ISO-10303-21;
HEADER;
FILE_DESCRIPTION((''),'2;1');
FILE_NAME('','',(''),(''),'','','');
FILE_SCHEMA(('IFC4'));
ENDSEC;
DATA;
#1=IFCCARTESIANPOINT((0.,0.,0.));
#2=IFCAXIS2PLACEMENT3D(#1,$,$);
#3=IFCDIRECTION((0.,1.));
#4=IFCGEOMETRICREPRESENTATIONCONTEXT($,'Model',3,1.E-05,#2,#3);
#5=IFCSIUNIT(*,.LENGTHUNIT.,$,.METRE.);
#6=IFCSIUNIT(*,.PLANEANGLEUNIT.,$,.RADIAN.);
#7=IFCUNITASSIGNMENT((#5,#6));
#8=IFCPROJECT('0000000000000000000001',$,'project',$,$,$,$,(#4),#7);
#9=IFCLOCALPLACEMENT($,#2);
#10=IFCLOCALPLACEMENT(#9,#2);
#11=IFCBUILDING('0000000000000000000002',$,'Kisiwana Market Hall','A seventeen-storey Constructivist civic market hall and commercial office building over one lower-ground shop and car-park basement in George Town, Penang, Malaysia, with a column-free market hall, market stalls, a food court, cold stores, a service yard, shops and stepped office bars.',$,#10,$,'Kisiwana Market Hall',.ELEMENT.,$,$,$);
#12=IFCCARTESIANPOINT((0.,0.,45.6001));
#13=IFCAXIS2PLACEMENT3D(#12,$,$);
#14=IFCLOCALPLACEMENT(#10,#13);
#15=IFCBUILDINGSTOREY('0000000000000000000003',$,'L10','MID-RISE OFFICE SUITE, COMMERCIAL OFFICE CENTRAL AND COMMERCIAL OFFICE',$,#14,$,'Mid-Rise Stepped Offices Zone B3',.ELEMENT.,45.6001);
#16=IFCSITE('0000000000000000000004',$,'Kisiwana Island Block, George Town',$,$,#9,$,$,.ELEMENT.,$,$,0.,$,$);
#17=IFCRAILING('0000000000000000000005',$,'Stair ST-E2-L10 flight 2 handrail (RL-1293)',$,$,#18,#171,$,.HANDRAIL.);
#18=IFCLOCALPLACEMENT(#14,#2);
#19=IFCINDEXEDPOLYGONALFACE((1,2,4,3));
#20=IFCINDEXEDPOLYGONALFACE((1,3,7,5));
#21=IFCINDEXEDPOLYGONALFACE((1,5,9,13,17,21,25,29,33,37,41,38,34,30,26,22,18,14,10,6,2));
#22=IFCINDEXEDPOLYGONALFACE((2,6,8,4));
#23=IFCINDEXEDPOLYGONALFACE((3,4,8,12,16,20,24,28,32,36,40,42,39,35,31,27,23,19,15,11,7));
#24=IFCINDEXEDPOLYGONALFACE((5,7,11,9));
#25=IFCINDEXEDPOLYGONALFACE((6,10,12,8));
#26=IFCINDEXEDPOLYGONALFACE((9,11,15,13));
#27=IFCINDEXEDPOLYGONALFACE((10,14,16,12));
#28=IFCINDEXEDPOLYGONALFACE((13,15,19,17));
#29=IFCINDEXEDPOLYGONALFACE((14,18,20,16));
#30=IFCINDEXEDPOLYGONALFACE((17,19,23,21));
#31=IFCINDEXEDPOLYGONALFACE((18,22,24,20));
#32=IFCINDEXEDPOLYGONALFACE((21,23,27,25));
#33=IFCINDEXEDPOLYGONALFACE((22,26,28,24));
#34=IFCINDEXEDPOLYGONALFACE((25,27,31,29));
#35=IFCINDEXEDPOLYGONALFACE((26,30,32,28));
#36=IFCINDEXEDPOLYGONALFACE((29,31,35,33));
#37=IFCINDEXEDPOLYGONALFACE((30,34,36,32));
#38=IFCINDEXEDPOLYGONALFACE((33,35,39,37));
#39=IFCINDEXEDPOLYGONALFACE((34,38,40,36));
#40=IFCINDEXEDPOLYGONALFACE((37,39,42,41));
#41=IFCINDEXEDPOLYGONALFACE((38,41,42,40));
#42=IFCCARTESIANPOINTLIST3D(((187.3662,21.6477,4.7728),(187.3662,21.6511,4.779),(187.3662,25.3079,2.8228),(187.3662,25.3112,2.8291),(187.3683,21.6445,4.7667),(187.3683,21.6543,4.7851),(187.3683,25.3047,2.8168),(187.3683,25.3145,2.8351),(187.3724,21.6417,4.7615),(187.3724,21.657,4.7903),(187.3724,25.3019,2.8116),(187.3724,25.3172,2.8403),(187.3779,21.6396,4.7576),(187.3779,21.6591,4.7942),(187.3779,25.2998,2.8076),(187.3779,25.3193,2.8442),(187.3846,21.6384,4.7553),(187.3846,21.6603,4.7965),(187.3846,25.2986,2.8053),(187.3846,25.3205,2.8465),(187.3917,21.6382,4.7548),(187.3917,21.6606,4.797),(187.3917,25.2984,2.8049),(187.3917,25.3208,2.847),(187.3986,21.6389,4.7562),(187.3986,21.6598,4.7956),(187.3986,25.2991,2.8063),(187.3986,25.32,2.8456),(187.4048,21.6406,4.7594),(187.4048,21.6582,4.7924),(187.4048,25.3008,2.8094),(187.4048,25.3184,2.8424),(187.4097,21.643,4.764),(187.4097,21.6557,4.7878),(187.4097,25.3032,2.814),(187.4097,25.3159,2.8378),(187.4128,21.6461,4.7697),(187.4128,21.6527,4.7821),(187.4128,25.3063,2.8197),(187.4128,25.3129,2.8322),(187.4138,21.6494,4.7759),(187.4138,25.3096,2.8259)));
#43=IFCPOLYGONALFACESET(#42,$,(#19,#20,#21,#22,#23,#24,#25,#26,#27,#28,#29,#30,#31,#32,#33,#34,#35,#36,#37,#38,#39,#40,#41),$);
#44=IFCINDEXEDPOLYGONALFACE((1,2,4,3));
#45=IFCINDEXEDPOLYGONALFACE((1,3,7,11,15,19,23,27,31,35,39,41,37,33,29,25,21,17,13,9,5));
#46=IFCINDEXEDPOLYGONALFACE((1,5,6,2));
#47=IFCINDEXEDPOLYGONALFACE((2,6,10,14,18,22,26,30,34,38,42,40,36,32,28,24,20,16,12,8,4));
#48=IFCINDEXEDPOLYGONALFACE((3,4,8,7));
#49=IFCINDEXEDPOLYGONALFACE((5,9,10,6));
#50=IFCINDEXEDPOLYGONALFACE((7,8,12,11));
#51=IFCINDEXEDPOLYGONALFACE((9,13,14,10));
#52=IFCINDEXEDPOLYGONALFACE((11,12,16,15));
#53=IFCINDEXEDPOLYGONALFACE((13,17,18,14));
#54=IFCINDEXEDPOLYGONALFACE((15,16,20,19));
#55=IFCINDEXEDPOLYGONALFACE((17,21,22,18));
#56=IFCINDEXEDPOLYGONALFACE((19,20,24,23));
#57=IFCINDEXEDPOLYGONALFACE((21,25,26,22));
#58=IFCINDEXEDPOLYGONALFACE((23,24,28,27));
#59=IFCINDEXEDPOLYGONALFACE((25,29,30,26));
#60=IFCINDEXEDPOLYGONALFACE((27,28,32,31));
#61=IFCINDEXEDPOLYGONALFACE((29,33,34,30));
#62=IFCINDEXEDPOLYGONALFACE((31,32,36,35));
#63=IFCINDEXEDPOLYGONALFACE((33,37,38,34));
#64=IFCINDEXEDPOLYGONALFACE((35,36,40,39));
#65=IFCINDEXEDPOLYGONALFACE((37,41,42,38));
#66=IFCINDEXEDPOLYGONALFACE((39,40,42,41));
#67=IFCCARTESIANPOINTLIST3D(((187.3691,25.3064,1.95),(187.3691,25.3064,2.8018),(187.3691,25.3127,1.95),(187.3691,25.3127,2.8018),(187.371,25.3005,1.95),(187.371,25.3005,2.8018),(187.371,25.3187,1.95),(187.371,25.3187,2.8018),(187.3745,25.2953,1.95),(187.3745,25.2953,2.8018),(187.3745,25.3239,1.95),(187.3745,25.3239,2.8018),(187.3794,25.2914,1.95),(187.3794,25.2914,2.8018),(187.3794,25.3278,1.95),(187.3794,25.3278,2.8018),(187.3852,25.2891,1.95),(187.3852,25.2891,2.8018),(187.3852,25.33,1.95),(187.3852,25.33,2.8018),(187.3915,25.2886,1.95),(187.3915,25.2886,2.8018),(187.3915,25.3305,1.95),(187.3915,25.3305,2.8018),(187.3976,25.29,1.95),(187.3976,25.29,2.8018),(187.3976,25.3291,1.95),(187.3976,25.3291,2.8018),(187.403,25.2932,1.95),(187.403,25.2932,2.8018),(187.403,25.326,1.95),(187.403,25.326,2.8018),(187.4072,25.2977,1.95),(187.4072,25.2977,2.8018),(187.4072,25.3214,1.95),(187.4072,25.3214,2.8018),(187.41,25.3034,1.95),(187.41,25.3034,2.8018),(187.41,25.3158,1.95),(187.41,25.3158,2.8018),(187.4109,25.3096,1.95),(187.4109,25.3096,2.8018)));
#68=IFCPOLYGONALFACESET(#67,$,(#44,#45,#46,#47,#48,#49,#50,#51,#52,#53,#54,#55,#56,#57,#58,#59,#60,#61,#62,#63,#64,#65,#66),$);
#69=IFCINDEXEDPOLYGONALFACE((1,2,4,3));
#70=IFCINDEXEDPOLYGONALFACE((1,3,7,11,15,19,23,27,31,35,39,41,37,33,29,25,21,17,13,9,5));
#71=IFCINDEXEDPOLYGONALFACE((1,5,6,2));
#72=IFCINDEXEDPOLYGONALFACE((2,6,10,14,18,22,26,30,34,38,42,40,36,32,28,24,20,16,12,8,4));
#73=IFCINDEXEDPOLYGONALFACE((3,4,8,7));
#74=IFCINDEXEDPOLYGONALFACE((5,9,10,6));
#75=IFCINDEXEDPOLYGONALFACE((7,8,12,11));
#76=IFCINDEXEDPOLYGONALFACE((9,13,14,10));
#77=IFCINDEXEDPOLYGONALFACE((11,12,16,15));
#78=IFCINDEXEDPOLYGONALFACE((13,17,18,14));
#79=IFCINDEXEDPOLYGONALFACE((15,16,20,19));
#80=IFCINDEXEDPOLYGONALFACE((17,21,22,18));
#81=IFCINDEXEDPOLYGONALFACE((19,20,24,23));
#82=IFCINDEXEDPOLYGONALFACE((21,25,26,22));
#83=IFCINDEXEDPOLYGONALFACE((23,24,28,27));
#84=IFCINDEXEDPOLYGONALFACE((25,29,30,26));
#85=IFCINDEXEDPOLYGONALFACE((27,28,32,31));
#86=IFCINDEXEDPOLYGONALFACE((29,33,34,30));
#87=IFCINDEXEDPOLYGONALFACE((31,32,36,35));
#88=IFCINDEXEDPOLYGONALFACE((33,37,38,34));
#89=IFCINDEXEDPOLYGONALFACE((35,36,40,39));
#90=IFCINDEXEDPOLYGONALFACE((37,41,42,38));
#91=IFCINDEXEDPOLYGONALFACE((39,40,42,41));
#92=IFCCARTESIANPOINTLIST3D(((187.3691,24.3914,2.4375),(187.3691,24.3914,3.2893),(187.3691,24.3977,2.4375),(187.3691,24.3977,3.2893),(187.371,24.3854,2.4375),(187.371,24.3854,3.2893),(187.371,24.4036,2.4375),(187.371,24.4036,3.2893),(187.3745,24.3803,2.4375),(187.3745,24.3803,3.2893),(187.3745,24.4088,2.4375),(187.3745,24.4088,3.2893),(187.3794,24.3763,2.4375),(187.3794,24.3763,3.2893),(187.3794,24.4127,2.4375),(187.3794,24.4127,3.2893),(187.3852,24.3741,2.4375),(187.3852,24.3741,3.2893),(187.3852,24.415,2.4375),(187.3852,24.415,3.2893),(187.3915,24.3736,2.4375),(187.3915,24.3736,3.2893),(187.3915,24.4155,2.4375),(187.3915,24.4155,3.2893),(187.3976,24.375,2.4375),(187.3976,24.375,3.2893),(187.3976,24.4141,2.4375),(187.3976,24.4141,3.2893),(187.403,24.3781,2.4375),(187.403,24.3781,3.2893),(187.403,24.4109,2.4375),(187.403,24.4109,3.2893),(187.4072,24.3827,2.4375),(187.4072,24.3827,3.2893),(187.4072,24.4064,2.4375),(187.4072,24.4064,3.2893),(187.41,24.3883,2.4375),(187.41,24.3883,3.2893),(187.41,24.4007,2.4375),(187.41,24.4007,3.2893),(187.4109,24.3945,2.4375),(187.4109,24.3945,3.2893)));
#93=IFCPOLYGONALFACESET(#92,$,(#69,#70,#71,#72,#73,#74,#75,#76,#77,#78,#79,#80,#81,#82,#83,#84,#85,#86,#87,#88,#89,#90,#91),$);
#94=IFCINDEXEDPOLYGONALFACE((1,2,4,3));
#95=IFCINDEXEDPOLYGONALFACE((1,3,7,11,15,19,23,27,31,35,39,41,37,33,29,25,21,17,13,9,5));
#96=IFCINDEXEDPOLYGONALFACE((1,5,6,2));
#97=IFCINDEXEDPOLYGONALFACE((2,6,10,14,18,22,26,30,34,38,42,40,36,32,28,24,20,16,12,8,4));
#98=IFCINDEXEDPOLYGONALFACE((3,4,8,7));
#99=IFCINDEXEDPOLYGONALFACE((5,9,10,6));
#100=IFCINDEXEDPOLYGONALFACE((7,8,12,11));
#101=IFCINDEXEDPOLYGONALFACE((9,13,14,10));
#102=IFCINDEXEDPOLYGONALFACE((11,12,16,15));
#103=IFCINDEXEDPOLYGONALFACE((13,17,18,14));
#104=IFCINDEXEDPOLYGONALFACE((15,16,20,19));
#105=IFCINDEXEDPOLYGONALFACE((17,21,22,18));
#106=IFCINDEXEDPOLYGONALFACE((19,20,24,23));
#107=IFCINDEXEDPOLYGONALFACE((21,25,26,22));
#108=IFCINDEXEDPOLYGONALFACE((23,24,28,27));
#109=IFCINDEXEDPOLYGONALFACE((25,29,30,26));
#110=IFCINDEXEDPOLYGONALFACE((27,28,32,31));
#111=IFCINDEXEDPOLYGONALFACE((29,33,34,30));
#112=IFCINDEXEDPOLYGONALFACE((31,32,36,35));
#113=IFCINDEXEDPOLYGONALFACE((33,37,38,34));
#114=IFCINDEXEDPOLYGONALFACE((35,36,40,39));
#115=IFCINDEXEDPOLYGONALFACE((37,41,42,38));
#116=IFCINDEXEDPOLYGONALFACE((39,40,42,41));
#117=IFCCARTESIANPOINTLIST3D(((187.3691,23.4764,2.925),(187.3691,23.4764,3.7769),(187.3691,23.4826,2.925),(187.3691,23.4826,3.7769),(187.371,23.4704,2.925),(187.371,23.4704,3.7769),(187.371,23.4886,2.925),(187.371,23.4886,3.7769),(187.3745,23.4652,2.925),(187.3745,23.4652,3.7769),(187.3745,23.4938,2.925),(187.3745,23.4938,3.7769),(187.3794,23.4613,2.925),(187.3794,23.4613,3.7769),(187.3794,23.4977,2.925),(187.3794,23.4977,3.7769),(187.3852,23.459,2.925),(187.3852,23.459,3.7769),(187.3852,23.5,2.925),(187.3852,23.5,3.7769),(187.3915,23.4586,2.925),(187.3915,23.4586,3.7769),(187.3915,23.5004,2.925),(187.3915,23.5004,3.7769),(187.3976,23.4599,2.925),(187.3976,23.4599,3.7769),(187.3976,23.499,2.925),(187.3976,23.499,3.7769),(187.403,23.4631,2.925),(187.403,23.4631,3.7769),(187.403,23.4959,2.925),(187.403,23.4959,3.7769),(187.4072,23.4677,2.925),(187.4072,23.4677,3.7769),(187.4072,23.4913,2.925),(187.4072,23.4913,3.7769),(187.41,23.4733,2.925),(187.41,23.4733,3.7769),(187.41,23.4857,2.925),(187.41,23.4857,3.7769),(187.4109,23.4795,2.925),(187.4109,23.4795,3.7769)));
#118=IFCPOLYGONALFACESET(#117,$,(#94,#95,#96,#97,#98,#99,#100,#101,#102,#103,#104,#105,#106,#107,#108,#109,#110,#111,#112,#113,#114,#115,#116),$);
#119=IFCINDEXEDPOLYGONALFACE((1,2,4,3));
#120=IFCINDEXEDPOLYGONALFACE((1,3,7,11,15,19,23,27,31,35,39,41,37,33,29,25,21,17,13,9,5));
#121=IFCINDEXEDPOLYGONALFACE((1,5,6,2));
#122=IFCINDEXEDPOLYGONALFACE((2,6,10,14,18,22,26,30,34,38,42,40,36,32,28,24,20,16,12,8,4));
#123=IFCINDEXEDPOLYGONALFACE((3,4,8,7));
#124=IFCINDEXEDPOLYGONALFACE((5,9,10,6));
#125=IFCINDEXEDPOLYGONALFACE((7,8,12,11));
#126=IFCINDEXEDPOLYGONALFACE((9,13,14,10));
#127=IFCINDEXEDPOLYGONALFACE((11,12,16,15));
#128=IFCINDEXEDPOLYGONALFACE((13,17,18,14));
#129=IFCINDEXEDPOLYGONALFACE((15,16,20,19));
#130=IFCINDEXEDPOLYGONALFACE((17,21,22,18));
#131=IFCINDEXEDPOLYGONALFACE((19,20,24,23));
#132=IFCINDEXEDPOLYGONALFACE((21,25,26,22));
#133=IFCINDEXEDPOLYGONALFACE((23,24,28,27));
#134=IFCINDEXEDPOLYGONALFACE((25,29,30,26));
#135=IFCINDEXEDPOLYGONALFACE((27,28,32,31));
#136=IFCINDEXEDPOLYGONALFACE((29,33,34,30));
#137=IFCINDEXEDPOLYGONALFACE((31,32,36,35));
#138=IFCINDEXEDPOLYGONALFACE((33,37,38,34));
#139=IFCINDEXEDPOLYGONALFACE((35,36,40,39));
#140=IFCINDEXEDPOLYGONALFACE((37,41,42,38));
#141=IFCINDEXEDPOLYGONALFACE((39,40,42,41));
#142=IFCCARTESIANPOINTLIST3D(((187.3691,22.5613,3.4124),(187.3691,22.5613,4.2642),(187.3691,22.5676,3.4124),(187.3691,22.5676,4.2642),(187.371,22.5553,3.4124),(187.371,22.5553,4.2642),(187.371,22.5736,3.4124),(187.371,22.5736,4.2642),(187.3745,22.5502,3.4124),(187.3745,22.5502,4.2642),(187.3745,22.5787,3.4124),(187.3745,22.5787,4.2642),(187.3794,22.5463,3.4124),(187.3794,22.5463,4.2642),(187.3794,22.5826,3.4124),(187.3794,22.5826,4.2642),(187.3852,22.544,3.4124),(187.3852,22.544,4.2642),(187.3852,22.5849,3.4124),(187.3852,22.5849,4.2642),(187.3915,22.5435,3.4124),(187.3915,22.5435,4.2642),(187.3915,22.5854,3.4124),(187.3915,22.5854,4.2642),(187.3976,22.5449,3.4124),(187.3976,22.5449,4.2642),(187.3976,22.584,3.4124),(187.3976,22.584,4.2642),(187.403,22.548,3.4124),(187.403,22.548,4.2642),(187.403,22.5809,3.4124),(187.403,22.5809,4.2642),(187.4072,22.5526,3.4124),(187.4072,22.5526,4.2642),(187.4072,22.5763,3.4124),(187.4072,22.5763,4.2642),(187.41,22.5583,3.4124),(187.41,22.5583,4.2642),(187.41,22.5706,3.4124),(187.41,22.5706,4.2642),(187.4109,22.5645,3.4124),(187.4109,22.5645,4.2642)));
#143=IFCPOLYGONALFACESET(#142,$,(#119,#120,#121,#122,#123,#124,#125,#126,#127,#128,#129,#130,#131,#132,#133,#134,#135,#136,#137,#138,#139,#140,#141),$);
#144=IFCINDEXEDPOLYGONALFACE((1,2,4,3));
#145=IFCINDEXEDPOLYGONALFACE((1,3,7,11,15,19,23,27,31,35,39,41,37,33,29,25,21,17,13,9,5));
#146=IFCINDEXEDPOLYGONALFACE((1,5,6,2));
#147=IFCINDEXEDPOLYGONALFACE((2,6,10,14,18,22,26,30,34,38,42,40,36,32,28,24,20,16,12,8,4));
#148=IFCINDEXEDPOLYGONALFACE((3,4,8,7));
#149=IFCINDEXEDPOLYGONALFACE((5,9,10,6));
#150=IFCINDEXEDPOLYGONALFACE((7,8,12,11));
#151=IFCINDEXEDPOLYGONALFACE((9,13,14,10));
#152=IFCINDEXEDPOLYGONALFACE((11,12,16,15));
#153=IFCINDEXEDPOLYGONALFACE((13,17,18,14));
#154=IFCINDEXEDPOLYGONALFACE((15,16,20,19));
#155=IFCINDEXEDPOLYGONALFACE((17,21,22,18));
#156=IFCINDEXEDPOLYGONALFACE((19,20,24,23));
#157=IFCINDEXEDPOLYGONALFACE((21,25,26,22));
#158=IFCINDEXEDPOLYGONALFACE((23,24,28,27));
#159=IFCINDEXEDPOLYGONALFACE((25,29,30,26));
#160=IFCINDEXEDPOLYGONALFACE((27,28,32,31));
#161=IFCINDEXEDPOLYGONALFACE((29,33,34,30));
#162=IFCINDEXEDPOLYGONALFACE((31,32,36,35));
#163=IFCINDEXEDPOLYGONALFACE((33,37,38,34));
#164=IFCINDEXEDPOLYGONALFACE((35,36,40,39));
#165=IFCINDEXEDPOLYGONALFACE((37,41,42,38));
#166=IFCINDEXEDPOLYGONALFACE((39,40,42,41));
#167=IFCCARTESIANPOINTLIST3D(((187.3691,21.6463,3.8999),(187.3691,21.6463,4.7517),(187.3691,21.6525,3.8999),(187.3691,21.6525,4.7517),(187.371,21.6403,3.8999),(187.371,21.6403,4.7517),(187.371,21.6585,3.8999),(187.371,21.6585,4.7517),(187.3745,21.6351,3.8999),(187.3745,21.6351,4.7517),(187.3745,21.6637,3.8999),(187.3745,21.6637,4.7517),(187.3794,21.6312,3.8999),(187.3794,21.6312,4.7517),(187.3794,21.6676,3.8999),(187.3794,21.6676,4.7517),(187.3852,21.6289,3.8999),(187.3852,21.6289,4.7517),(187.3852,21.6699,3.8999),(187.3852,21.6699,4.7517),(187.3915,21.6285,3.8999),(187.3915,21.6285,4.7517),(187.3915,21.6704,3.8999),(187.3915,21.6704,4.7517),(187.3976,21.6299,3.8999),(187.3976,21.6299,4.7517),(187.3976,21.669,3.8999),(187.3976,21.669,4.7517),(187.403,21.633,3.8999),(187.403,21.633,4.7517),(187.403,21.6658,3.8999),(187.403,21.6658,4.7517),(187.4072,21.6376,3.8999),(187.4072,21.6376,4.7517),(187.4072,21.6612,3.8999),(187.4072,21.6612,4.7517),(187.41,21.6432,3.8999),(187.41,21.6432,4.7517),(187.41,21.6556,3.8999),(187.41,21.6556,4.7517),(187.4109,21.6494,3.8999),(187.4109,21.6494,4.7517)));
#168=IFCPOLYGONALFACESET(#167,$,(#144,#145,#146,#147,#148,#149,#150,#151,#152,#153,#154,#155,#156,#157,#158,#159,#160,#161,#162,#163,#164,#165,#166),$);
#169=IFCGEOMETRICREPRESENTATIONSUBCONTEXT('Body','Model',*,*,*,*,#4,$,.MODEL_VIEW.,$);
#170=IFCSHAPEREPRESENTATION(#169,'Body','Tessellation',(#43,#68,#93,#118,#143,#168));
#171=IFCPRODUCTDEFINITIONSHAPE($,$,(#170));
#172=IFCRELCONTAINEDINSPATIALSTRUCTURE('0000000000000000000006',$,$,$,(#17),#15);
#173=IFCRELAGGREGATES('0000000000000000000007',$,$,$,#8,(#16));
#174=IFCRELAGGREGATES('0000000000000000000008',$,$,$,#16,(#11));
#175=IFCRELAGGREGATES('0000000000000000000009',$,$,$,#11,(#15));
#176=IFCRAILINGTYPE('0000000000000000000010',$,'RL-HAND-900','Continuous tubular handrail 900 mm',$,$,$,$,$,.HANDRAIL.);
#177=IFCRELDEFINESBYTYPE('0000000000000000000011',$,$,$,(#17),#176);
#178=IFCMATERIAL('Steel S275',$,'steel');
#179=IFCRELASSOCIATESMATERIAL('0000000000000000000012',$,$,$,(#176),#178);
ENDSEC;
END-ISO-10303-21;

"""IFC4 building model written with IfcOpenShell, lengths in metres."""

from ifc_helpers import new_model, si_unit, direction, frame, origin, origin_2d, place, context, subcontext, project, spatial, circle, extrude, material, type_object, element, save


model = new_model("IFC4")

# Units and contexts
model_context = context("Model", 3, precision=1e-05, world=origin(), true_north=direction((0.0, 1.0)))
body_context = subcontext(model_context, "Body", "Model", "MODEL_VIEW")
ifc_project = project(units=[si_unit("LENGTHUNIT", "METRE"), si_unit("PLANEANGLEUNIT", "RADIAN")], contexts=[model_context])

# Site, building, storey
site_placement = place(None, origin())
site = spatial("IfcSite", under=ifc_project, at=site_placement, Name="Kisiwana Island Block, George Town", CompositionType="ELEMENT", RefElevation=0.0)
building_placement = place(site_placement, origin())
building = spatial("IfcBuilding", under=site, at=building_placement, Name="Kisiwana Market Hall", Description="A seventeen-storey Constructivist civic market hall and commercial office building over one lower-ground shop and car-park basement in George Town, Penang, Malaysia, with a column-free market hall, market stalls, a food court, cold stores, a service yard, shops and stepped office bars.", LongName="Kisiwana Market Hall", CompositionType="ELEMENT")
storey_placement = place(building_placement, frame((0.0, 0.0, 45.6001)))
storey = spatial("IfcBuildingStorey", under=building, at=storey_placement, Name="L10", Description="MID-RISE OFFICE SUITE, COMMERCIAL OFFICE CENTRAL AND COMMERCIAL OFFICE", LongName="Mid-Rise Stepped Offices Zone B3", CompositionType="ELEMENT", Elevation=45.6001)

# Railing
ifc_material_1 = material(Name="Steel S275", Category="steel")
railing_type_1 = type_object("IfcRailingType", Name="RL-HAND-900", Description="Continuous tubular handrail 900 mm", PredefinedType="HANDRAIL", material=ifc_material_1)
railing_1_placement = place(storey_placement, frame((187.3899, 25.3096, 1.95)))
element("IfcRailing", 1, at=railing_1_placement, inside=storey, type_object=railing_type_1, Name="Stair ST-E2-L10 flight 2 handrail (RL-1293)", PredefinedType="HANDRAIL", context=body_context, shape_type="SweptSolid", body=[
    extrude(circle(Radius=0.0239, at=origin_2d()), frame((0.0, 0.0, 0.876), z_axis=(0.0, -0.882566, 0.470188), x_axis=(1.0, 0.0, 0.0)), (0.0, 0.0, 1.0), 4.1472),
    extrude(circle(Radius=0.021, at=origin_2d()), origin(), (0.0, 0.0, 1.0), 0.8518),
    extrude(circle(Radius=0.021, at=origin_2d()), frame((0.0, -0.915, 0.4875)), (0.0, 0.0, 1.0), 0.8518),
    extrude(circle(Radius=0.021, at=origin_2d()), frame((0.0, -1.8301, 0.9751)), (0.0, 0.0, 1.0), 0.8518),
    extrude(circle(Radius=0.021, at=origin_2d()), frame((0.0, -2.7451, 1.4624)), (0.0, 0.0, 1.0), 0.8518),
    extrude(circle(Radius=0.021, at=origin_2d()), frame((0.0, -3.6602, 1.95)), (0.0, 0.0, 1.0), 0.8518),
])

save(model, "model.ifc")
